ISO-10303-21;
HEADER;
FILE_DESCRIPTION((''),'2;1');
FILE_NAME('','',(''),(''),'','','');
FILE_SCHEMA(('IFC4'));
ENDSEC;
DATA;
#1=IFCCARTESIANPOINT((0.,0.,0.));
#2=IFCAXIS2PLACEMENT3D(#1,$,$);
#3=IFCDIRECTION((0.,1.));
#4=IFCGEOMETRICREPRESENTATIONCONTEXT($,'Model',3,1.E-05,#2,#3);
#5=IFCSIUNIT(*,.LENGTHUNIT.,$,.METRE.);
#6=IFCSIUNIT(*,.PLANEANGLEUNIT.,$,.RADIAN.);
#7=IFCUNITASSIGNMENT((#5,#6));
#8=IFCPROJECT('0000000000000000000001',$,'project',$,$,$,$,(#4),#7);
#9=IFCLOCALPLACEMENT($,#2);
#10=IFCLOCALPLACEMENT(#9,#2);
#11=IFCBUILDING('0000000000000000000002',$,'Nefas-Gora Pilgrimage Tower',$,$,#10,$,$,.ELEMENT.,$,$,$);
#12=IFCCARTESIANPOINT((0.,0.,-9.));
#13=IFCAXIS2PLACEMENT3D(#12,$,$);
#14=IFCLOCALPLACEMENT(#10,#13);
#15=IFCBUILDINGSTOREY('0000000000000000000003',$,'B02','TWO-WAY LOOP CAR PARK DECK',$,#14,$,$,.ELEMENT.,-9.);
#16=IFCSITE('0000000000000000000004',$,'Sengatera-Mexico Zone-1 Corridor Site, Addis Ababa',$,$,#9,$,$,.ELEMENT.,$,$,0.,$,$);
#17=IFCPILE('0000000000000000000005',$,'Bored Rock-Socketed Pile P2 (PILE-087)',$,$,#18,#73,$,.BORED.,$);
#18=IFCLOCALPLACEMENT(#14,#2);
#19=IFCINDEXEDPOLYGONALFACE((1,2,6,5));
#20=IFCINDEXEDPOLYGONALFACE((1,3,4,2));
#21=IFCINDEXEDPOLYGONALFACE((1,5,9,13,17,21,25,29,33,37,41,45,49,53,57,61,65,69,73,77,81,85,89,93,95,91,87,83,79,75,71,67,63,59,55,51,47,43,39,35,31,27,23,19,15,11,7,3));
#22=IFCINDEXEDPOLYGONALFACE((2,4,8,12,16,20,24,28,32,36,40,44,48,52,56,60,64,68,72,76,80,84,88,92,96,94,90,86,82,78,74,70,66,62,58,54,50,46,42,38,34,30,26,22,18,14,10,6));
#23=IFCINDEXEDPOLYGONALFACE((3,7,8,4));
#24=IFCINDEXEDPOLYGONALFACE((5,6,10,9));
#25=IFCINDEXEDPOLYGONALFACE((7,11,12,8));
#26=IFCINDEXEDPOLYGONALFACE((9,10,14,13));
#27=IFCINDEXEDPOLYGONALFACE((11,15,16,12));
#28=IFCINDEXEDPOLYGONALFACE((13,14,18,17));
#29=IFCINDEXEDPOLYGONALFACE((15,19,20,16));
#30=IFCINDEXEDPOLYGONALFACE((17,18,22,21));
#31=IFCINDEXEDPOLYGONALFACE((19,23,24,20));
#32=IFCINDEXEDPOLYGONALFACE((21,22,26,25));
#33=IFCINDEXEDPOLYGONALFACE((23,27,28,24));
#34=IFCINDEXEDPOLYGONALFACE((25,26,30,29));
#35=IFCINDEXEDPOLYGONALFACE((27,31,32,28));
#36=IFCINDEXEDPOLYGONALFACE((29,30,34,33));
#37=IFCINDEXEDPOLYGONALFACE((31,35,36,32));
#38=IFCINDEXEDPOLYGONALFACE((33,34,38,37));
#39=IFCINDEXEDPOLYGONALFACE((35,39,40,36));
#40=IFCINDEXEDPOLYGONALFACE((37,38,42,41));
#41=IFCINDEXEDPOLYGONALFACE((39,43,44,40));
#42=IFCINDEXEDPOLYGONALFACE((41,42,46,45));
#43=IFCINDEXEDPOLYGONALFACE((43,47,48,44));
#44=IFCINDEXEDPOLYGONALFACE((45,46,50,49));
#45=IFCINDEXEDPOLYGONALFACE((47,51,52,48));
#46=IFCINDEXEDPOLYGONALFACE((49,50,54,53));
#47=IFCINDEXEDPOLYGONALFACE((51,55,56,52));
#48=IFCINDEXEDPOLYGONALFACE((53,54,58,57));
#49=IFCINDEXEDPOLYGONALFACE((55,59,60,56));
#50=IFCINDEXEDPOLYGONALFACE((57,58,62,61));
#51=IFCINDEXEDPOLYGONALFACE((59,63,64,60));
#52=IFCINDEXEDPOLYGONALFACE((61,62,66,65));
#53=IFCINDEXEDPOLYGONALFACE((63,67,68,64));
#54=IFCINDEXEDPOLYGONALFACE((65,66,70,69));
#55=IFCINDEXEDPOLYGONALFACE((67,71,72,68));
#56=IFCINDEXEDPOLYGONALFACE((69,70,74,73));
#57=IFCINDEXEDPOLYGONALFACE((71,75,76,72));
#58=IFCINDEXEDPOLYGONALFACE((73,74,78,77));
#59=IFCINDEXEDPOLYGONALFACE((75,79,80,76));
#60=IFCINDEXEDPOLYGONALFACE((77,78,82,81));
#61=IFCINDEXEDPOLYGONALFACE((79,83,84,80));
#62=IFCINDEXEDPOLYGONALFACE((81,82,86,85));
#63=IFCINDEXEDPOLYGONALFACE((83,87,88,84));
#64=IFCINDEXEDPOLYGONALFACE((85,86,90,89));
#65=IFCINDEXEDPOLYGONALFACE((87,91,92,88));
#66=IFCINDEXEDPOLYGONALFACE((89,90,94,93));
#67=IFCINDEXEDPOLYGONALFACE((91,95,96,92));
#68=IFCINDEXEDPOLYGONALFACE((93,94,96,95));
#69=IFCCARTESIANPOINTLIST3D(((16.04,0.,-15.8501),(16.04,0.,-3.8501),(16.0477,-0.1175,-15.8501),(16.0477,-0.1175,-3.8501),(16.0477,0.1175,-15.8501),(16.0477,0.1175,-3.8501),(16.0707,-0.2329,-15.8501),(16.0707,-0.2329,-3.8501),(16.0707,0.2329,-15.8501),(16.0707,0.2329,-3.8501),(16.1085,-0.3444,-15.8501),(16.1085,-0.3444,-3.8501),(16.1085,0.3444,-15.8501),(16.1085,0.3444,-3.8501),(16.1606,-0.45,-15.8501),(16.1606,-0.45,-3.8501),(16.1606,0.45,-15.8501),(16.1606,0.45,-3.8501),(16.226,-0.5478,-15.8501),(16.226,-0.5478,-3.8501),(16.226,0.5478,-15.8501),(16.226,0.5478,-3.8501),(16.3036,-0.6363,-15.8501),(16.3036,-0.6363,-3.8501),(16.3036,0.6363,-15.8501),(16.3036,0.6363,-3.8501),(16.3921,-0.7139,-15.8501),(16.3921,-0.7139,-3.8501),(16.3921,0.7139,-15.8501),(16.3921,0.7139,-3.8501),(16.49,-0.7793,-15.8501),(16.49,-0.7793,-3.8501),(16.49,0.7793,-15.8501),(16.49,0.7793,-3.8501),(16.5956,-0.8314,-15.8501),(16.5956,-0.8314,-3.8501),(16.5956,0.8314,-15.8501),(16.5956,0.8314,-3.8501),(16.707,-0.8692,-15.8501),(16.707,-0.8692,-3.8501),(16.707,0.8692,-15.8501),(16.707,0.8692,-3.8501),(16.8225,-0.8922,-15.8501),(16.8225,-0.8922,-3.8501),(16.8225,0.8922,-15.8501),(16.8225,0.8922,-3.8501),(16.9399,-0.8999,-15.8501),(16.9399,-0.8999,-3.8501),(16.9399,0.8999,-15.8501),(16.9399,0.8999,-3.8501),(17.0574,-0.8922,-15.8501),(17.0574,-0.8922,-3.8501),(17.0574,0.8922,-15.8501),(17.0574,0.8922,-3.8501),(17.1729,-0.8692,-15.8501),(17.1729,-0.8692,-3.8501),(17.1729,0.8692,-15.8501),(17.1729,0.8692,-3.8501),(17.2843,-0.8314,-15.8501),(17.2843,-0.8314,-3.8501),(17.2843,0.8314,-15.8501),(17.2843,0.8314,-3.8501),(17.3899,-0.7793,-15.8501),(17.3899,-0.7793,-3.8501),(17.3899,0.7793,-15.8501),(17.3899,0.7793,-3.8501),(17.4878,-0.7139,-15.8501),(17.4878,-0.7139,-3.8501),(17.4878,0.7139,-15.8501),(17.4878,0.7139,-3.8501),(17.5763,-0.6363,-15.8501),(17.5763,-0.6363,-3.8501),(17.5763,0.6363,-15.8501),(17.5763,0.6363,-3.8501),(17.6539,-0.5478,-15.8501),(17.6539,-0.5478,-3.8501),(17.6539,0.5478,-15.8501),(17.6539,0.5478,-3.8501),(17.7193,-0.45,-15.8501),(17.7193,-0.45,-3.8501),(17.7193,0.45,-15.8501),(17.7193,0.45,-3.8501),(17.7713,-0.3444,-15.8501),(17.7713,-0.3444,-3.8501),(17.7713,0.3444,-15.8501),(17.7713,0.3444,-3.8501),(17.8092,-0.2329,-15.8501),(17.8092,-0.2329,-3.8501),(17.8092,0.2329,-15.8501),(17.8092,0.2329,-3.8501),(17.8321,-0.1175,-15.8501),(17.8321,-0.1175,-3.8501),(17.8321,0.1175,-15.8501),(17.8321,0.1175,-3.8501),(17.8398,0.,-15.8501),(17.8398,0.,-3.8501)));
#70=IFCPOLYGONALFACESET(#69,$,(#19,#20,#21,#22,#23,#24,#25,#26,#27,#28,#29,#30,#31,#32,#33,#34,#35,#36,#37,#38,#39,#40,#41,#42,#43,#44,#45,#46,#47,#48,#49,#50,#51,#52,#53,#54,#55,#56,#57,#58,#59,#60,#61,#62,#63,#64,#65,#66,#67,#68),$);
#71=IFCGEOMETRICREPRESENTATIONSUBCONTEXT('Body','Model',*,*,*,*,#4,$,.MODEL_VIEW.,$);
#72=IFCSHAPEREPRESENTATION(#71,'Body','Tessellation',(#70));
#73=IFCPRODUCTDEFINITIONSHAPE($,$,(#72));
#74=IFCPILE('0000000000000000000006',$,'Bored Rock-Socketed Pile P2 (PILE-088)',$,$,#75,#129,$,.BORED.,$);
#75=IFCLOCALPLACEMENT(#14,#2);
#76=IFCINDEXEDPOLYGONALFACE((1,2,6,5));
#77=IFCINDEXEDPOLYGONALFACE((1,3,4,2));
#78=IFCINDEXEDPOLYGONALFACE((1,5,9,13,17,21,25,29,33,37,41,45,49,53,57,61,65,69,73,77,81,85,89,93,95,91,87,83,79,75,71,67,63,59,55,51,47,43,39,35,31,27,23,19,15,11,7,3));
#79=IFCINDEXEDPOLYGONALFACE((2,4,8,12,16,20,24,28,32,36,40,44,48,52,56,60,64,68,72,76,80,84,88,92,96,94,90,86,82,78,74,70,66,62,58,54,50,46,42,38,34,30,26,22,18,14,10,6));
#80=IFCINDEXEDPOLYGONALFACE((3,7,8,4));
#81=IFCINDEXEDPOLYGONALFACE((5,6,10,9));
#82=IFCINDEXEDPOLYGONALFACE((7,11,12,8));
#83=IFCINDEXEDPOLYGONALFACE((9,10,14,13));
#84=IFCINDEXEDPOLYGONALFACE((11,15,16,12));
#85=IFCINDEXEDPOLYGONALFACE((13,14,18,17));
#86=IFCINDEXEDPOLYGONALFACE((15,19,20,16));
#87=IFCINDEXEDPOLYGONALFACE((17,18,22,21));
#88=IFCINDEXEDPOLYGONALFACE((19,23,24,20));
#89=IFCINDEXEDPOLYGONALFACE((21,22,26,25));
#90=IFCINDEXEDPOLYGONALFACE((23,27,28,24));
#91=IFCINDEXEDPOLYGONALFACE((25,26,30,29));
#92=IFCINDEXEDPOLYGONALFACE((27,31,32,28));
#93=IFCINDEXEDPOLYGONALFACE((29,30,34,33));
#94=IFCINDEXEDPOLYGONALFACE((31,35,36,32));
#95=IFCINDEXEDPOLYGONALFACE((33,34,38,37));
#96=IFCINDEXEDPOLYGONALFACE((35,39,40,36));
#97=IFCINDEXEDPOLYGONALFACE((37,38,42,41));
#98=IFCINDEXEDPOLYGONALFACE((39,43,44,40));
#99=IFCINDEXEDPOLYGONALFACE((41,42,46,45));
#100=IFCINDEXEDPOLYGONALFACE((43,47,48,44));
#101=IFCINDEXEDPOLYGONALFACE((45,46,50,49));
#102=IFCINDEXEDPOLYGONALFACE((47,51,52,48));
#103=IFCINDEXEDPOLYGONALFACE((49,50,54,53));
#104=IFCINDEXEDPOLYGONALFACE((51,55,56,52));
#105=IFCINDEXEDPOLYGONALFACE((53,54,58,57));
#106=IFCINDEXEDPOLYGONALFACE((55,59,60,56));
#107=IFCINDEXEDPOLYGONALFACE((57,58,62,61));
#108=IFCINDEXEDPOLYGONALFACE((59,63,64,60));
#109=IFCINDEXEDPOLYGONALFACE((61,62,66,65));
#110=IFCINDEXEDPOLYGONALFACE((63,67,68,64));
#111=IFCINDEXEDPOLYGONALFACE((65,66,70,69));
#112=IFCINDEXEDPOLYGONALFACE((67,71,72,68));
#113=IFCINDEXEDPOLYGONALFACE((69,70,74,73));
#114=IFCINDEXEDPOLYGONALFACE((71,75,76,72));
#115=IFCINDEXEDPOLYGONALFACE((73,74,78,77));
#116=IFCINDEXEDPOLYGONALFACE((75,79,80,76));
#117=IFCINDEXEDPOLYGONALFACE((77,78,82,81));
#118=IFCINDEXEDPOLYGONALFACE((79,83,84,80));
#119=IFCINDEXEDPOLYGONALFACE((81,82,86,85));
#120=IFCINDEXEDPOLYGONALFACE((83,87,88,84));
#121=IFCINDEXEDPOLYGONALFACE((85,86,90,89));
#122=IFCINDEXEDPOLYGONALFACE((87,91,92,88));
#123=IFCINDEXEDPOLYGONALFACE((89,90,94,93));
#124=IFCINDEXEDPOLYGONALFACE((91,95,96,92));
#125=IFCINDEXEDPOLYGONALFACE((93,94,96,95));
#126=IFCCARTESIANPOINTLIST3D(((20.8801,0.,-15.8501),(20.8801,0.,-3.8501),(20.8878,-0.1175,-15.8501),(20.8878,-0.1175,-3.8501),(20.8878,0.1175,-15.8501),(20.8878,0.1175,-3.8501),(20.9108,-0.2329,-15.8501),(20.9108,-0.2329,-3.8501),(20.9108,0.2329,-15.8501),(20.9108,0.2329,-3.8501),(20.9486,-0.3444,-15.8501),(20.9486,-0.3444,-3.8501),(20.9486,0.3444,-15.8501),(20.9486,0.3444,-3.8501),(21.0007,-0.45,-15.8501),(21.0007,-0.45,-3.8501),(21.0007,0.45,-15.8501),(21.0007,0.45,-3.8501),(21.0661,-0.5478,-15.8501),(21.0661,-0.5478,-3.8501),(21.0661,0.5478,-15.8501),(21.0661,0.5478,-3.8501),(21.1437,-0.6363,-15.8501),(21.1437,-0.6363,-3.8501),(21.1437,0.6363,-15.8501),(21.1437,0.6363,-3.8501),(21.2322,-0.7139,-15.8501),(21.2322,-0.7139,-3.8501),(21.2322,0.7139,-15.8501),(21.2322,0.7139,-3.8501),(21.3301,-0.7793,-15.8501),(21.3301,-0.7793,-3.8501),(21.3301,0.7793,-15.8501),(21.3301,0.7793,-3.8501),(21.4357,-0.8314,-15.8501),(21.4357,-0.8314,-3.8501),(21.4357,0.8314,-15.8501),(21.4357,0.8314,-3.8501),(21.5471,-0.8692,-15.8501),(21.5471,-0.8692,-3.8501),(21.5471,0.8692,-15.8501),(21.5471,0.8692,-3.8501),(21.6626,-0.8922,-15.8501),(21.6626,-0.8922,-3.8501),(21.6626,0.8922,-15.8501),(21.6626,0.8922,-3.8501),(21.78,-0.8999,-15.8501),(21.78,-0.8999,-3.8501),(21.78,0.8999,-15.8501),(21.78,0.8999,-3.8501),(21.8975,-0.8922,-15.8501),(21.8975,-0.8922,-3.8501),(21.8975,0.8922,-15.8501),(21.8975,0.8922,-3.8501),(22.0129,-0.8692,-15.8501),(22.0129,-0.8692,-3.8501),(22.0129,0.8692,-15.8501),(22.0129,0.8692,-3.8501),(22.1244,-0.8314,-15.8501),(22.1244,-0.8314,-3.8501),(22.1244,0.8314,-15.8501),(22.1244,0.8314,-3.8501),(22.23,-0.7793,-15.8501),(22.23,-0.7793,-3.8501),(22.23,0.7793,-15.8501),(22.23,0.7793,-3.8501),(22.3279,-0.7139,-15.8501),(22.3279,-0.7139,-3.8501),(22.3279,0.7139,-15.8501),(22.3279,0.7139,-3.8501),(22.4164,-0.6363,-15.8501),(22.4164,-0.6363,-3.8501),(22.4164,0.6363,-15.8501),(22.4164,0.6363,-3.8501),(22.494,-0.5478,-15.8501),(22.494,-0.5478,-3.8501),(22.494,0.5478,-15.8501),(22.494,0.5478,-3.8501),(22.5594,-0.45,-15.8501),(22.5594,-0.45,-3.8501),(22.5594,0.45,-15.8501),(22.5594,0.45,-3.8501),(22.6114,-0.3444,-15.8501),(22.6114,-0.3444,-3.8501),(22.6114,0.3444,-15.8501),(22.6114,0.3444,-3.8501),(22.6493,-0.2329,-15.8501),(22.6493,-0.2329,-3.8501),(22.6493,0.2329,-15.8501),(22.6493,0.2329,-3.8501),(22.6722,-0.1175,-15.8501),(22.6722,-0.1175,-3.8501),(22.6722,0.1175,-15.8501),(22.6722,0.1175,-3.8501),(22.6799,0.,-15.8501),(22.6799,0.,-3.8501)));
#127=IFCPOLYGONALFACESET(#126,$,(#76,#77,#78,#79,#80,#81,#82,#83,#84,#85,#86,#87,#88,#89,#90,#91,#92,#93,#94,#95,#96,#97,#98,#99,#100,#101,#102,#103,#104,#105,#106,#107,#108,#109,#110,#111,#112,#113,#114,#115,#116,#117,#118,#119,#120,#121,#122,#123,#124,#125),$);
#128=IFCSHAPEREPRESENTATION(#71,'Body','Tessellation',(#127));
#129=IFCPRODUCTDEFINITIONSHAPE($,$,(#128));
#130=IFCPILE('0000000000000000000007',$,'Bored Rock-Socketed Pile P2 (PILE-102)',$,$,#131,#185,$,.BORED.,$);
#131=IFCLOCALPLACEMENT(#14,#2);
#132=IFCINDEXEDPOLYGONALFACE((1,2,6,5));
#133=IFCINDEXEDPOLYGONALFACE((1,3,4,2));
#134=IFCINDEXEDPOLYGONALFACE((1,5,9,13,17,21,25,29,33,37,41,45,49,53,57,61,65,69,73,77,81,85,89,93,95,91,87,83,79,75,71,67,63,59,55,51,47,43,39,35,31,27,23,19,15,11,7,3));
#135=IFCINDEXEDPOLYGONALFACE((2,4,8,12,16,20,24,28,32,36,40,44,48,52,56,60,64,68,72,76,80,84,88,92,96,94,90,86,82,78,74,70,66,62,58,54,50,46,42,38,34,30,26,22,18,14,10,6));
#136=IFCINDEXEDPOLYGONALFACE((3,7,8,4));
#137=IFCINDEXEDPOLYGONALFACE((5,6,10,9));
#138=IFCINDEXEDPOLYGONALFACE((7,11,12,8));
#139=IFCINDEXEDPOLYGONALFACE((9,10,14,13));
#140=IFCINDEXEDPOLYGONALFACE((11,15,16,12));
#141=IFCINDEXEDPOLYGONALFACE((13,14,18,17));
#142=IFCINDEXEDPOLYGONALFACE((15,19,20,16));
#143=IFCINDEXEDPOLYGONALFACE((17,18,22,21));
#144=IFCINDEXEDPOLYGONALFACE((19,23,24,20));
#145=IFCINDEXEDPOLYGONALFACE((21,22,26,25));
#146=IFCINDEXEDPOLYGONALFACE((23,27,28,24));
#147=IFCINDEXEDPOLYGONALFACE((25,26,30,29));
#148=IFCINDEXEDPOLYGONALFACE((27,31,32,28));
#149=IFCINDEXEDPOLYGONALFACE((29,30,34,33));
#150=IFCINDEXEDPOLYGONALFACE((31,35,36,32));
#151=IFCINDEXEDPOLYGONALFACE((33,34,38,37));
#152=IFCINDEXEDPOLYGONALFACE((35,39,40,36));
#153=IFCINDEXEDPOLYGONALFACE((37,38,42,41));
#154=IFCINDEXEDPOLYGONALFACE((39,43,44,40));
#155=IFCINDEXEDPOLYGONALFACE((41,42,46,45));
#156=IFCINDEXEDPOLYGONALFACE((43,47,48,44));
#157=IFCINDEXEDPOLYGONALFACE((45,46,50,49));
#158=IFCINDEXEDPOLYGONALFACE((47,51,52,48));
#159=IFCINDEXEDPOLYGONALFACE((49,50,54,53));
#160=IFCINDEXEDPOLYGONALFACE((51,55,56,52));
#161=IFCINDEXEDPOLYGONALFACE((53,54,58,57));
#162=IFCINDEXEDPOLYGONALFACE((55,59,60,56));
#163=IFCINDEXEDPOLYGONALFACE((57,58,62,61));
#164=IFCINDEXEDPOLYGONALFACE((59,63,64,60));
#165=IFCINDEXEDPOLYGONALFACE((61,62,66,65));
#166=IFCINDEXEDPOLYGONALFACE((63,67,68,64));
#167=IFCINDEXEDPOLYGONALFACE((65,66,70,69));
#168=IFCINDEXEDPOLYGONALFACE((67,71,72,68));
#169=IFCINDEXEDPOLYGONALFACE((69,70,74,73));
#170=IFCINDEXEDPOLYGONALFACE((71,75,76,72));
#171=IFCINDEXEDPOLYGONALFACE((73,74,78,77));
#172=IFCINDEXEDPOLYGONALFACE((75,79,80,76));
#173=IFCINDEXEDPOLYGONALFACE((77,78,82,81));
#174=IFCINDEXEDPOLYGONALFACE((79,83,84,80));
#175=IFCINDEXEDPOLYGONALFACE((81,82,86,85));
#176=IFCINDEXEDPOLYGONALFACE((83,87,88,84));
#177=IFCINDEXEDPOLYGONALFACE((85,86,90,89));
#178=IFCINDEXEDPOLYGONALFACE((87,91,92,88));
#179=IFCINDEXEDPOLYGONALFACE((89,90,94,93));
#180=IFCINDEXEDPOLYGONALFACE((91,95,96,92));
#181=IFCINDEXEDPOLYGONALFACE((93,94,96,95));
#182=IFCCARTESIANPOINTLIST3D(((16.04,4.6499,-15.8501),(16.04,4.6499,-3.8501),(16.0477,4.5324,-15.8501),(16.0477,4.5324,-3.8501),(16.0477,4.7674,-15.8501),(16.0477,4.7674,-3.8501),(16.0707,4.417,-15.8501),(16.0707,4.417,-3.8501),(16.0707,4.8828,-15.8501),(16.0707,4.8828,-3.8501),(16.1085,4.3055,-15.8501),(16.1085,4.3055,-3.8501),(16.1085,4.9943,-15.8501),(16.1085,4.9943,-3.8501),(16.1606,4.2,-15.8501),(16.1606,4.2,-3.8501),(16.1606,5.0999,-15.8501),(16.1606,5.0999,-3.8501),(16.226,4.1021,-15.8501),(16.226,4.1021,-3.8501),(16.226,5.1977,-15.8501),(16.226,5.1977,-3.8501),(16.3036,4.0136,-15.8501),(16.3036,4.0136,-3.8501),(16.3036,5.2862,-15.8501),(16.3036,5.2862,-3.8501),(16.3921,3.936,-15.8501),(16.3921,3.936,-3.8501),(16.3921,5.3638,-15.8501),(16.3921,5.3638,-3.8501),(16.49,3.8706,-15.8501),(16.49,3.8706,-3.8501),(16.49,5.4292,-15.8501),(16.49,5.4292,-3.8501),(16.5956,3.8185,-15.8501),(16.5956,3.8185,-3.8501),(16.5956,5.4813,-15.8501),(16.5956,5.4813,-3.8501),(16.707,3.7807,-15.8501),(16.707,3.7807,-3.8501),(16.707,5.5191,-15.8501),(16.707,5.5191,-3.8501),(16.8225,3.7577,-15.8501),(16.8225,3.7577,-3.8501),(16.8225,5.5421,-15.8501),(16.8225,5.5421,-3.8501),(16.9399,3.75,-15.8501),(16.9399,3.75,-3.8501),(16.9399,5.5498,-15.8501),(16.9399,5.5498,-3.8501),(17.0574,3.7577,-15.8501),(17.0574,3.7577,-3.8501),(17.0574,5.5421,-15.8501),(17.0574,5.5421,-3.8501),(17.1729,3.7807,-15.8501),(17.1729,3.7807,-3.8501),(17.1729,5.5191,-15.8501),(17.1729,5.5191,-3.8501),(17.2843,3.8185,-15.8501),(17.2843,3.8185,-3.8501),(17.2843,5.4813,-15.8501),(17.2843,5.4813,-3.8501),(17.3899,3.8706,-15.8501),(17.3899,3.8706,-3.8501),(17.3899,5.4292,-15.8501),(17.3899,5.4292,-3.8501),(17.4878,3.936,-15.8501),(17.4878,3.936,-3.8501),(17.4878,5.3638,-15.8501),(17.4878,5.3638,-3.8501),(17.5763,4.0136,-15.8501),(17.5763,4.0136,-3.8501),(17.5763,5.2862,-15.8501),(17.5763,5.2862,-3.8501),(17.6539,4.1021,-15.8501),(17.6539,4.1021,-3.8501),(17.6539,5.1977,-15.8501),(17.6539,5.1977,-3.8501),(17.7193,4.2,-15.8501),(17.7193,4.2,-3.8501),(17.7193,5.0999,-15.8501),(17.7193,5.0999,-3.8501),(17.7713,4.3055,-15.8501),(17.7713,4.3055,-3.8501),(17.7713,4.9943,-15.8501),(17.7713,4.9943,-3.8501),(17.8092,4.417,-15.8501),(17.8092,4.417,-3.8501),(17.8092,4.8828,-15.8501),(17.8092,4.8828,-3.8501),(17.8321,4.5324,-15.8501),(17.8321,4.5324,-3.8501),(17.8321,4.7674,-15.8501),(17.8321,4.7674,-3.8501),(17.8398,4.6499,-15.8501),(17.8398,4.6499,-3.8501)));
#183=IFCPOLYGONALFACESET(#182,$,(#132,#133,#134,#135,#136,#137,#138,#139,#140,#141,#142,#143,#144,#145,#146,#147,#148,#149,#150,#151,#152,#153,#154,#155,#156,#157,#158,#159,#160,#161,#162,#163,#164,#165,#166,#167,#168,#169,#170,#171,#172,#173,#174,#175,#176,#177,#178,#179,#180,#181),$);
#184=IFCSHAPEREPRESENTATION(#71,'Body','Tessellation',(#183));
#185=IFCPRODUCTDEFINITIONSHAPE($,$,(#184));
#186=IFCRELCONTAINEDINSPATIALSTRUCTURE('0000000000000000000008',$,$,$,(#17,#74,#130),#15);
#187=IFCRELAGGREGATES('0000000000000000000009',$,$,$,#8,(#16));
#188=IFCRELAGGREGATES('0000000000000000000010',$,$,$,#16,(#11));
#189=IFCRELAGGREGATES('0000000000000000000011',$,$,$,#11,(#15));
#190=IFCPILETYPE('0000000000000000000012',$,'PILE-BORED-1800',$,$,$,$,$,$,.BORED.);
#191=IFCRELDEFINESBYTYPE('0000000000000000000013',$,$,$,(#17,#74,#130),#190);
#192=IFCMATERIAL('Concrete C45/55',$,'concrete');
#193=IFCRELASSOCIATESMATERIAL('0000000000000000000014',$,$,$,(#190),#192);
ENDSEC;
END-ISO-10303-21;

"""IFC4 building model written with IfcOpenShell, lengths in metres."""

from ifc_helpers import new_model, si_unit, direction, frame, origin, origin_2d, place, context, subcontext, project, spatial, circle, extrude, source, transform, mapped, material, material_profile, profile_set, type_object, element, save


model = new_model("IFC4")

# Units and contexts
model_context = context("Model", 3, precision=1e-05, world=origin(), true_north=direction((0.0, 1.0)))
body_context = subcontext(model_context, "Body", "Model", "MODEL_VIEW")
ifc_project = project(units=[si_unit("LENGTHUNIT", "METRE"), si_unit("PLANEANGLEUNIT", "RADIAN")], contexts=[model_context])

# Site, building, storey
site_placement = place(None, origin())
site = spatial("IfcSite", under=ifc_project, at=site_placement, Name="Sengatera-Mexico Zone-1 Corridor Site, Addis Ababa", CompositionType="ELEMENT", RefElevation=0.0)
building_placement = place(site_placement, origin())
building = spatial("IfcBuilding", under=site, at=building_placement, Name="Nefas-Gora Pilgrimage Tower", CompositionType="ELEMENT")
storey_placement = place(building_placement, frame((0.0, 0.0, -9.0)))
storey = spatial("IfcBuildingStorey", under=building, at=storey_placement, Name="B02", Description="TWO-WAY LOOP CAR PARK DECK", CompositionType="ELEMENT", Elevation=-9.0)

# Piles
ifc_material_1 = material(Name="Concrete C45/55", Category="concrete")
ifc_material_profile_1 = material_profile(ifc_material_1, circle(Radius=0.8999, at=origin_2d()), Name="PILE D1800")
ifc_profile_set_1 = profile_set([ifc_material_profile_1], Name="Concrete C45/55")
pile_type_1 = type_object("IfcPileType", Name="PILE-BORED-1800", PredefinedType="BORED", material=ifc_profile_set_1)
shared_shape_1 = source(origin(), body_context, "Body", "SweptSolid", [
    extrude(circle(Radius=0.8999, at=origin_2d()), origin(), (0.0, 0.0, 1.0), 12.0),
])
for number, where, z_axis, x_axis, name in (
    (1, (16.9399, 0.0, -3.8501), (0.0, 0.0, -1.0), (1.0, 0.0, 0.0), "Bored Rock-Socketed Pile P2 (PILE-087)"),
    (2, (21.78, 0.0, -3.8501), (0.0, 0.0, -1.0), (1.0, 0.0, 0.0), "Bored Rock-Socketed Pile P2 (PILE-088)"),
    (3, (16.9399, 4.6499, -3.8501), (0.0, 0.0, -1.0), (1.0, 0.0, 0.0), "Bored Rock-Socketed Pile P2 (PILE-102)"),
):
    element("IfcPile", number, at=place(storey_placement, frame(where, z_axis=z_axis, x_axis=x_axis)), inside=storey, type_object=pile_type_1, Name=name, PredefinedType="BORED", context=body_context, shape_type="MappedRepresentation", body=[
        mapped(shared_shape_1, transform((0.0, 0.0, 0.0), x_axis=(1.0, 0.0, 0.0), y_axis=(0.0, 1.0, 0.0), z_axis=(0.0, 0.0, 1.0), scale=1.0)),
    ])

save(model, "model.ifc")
